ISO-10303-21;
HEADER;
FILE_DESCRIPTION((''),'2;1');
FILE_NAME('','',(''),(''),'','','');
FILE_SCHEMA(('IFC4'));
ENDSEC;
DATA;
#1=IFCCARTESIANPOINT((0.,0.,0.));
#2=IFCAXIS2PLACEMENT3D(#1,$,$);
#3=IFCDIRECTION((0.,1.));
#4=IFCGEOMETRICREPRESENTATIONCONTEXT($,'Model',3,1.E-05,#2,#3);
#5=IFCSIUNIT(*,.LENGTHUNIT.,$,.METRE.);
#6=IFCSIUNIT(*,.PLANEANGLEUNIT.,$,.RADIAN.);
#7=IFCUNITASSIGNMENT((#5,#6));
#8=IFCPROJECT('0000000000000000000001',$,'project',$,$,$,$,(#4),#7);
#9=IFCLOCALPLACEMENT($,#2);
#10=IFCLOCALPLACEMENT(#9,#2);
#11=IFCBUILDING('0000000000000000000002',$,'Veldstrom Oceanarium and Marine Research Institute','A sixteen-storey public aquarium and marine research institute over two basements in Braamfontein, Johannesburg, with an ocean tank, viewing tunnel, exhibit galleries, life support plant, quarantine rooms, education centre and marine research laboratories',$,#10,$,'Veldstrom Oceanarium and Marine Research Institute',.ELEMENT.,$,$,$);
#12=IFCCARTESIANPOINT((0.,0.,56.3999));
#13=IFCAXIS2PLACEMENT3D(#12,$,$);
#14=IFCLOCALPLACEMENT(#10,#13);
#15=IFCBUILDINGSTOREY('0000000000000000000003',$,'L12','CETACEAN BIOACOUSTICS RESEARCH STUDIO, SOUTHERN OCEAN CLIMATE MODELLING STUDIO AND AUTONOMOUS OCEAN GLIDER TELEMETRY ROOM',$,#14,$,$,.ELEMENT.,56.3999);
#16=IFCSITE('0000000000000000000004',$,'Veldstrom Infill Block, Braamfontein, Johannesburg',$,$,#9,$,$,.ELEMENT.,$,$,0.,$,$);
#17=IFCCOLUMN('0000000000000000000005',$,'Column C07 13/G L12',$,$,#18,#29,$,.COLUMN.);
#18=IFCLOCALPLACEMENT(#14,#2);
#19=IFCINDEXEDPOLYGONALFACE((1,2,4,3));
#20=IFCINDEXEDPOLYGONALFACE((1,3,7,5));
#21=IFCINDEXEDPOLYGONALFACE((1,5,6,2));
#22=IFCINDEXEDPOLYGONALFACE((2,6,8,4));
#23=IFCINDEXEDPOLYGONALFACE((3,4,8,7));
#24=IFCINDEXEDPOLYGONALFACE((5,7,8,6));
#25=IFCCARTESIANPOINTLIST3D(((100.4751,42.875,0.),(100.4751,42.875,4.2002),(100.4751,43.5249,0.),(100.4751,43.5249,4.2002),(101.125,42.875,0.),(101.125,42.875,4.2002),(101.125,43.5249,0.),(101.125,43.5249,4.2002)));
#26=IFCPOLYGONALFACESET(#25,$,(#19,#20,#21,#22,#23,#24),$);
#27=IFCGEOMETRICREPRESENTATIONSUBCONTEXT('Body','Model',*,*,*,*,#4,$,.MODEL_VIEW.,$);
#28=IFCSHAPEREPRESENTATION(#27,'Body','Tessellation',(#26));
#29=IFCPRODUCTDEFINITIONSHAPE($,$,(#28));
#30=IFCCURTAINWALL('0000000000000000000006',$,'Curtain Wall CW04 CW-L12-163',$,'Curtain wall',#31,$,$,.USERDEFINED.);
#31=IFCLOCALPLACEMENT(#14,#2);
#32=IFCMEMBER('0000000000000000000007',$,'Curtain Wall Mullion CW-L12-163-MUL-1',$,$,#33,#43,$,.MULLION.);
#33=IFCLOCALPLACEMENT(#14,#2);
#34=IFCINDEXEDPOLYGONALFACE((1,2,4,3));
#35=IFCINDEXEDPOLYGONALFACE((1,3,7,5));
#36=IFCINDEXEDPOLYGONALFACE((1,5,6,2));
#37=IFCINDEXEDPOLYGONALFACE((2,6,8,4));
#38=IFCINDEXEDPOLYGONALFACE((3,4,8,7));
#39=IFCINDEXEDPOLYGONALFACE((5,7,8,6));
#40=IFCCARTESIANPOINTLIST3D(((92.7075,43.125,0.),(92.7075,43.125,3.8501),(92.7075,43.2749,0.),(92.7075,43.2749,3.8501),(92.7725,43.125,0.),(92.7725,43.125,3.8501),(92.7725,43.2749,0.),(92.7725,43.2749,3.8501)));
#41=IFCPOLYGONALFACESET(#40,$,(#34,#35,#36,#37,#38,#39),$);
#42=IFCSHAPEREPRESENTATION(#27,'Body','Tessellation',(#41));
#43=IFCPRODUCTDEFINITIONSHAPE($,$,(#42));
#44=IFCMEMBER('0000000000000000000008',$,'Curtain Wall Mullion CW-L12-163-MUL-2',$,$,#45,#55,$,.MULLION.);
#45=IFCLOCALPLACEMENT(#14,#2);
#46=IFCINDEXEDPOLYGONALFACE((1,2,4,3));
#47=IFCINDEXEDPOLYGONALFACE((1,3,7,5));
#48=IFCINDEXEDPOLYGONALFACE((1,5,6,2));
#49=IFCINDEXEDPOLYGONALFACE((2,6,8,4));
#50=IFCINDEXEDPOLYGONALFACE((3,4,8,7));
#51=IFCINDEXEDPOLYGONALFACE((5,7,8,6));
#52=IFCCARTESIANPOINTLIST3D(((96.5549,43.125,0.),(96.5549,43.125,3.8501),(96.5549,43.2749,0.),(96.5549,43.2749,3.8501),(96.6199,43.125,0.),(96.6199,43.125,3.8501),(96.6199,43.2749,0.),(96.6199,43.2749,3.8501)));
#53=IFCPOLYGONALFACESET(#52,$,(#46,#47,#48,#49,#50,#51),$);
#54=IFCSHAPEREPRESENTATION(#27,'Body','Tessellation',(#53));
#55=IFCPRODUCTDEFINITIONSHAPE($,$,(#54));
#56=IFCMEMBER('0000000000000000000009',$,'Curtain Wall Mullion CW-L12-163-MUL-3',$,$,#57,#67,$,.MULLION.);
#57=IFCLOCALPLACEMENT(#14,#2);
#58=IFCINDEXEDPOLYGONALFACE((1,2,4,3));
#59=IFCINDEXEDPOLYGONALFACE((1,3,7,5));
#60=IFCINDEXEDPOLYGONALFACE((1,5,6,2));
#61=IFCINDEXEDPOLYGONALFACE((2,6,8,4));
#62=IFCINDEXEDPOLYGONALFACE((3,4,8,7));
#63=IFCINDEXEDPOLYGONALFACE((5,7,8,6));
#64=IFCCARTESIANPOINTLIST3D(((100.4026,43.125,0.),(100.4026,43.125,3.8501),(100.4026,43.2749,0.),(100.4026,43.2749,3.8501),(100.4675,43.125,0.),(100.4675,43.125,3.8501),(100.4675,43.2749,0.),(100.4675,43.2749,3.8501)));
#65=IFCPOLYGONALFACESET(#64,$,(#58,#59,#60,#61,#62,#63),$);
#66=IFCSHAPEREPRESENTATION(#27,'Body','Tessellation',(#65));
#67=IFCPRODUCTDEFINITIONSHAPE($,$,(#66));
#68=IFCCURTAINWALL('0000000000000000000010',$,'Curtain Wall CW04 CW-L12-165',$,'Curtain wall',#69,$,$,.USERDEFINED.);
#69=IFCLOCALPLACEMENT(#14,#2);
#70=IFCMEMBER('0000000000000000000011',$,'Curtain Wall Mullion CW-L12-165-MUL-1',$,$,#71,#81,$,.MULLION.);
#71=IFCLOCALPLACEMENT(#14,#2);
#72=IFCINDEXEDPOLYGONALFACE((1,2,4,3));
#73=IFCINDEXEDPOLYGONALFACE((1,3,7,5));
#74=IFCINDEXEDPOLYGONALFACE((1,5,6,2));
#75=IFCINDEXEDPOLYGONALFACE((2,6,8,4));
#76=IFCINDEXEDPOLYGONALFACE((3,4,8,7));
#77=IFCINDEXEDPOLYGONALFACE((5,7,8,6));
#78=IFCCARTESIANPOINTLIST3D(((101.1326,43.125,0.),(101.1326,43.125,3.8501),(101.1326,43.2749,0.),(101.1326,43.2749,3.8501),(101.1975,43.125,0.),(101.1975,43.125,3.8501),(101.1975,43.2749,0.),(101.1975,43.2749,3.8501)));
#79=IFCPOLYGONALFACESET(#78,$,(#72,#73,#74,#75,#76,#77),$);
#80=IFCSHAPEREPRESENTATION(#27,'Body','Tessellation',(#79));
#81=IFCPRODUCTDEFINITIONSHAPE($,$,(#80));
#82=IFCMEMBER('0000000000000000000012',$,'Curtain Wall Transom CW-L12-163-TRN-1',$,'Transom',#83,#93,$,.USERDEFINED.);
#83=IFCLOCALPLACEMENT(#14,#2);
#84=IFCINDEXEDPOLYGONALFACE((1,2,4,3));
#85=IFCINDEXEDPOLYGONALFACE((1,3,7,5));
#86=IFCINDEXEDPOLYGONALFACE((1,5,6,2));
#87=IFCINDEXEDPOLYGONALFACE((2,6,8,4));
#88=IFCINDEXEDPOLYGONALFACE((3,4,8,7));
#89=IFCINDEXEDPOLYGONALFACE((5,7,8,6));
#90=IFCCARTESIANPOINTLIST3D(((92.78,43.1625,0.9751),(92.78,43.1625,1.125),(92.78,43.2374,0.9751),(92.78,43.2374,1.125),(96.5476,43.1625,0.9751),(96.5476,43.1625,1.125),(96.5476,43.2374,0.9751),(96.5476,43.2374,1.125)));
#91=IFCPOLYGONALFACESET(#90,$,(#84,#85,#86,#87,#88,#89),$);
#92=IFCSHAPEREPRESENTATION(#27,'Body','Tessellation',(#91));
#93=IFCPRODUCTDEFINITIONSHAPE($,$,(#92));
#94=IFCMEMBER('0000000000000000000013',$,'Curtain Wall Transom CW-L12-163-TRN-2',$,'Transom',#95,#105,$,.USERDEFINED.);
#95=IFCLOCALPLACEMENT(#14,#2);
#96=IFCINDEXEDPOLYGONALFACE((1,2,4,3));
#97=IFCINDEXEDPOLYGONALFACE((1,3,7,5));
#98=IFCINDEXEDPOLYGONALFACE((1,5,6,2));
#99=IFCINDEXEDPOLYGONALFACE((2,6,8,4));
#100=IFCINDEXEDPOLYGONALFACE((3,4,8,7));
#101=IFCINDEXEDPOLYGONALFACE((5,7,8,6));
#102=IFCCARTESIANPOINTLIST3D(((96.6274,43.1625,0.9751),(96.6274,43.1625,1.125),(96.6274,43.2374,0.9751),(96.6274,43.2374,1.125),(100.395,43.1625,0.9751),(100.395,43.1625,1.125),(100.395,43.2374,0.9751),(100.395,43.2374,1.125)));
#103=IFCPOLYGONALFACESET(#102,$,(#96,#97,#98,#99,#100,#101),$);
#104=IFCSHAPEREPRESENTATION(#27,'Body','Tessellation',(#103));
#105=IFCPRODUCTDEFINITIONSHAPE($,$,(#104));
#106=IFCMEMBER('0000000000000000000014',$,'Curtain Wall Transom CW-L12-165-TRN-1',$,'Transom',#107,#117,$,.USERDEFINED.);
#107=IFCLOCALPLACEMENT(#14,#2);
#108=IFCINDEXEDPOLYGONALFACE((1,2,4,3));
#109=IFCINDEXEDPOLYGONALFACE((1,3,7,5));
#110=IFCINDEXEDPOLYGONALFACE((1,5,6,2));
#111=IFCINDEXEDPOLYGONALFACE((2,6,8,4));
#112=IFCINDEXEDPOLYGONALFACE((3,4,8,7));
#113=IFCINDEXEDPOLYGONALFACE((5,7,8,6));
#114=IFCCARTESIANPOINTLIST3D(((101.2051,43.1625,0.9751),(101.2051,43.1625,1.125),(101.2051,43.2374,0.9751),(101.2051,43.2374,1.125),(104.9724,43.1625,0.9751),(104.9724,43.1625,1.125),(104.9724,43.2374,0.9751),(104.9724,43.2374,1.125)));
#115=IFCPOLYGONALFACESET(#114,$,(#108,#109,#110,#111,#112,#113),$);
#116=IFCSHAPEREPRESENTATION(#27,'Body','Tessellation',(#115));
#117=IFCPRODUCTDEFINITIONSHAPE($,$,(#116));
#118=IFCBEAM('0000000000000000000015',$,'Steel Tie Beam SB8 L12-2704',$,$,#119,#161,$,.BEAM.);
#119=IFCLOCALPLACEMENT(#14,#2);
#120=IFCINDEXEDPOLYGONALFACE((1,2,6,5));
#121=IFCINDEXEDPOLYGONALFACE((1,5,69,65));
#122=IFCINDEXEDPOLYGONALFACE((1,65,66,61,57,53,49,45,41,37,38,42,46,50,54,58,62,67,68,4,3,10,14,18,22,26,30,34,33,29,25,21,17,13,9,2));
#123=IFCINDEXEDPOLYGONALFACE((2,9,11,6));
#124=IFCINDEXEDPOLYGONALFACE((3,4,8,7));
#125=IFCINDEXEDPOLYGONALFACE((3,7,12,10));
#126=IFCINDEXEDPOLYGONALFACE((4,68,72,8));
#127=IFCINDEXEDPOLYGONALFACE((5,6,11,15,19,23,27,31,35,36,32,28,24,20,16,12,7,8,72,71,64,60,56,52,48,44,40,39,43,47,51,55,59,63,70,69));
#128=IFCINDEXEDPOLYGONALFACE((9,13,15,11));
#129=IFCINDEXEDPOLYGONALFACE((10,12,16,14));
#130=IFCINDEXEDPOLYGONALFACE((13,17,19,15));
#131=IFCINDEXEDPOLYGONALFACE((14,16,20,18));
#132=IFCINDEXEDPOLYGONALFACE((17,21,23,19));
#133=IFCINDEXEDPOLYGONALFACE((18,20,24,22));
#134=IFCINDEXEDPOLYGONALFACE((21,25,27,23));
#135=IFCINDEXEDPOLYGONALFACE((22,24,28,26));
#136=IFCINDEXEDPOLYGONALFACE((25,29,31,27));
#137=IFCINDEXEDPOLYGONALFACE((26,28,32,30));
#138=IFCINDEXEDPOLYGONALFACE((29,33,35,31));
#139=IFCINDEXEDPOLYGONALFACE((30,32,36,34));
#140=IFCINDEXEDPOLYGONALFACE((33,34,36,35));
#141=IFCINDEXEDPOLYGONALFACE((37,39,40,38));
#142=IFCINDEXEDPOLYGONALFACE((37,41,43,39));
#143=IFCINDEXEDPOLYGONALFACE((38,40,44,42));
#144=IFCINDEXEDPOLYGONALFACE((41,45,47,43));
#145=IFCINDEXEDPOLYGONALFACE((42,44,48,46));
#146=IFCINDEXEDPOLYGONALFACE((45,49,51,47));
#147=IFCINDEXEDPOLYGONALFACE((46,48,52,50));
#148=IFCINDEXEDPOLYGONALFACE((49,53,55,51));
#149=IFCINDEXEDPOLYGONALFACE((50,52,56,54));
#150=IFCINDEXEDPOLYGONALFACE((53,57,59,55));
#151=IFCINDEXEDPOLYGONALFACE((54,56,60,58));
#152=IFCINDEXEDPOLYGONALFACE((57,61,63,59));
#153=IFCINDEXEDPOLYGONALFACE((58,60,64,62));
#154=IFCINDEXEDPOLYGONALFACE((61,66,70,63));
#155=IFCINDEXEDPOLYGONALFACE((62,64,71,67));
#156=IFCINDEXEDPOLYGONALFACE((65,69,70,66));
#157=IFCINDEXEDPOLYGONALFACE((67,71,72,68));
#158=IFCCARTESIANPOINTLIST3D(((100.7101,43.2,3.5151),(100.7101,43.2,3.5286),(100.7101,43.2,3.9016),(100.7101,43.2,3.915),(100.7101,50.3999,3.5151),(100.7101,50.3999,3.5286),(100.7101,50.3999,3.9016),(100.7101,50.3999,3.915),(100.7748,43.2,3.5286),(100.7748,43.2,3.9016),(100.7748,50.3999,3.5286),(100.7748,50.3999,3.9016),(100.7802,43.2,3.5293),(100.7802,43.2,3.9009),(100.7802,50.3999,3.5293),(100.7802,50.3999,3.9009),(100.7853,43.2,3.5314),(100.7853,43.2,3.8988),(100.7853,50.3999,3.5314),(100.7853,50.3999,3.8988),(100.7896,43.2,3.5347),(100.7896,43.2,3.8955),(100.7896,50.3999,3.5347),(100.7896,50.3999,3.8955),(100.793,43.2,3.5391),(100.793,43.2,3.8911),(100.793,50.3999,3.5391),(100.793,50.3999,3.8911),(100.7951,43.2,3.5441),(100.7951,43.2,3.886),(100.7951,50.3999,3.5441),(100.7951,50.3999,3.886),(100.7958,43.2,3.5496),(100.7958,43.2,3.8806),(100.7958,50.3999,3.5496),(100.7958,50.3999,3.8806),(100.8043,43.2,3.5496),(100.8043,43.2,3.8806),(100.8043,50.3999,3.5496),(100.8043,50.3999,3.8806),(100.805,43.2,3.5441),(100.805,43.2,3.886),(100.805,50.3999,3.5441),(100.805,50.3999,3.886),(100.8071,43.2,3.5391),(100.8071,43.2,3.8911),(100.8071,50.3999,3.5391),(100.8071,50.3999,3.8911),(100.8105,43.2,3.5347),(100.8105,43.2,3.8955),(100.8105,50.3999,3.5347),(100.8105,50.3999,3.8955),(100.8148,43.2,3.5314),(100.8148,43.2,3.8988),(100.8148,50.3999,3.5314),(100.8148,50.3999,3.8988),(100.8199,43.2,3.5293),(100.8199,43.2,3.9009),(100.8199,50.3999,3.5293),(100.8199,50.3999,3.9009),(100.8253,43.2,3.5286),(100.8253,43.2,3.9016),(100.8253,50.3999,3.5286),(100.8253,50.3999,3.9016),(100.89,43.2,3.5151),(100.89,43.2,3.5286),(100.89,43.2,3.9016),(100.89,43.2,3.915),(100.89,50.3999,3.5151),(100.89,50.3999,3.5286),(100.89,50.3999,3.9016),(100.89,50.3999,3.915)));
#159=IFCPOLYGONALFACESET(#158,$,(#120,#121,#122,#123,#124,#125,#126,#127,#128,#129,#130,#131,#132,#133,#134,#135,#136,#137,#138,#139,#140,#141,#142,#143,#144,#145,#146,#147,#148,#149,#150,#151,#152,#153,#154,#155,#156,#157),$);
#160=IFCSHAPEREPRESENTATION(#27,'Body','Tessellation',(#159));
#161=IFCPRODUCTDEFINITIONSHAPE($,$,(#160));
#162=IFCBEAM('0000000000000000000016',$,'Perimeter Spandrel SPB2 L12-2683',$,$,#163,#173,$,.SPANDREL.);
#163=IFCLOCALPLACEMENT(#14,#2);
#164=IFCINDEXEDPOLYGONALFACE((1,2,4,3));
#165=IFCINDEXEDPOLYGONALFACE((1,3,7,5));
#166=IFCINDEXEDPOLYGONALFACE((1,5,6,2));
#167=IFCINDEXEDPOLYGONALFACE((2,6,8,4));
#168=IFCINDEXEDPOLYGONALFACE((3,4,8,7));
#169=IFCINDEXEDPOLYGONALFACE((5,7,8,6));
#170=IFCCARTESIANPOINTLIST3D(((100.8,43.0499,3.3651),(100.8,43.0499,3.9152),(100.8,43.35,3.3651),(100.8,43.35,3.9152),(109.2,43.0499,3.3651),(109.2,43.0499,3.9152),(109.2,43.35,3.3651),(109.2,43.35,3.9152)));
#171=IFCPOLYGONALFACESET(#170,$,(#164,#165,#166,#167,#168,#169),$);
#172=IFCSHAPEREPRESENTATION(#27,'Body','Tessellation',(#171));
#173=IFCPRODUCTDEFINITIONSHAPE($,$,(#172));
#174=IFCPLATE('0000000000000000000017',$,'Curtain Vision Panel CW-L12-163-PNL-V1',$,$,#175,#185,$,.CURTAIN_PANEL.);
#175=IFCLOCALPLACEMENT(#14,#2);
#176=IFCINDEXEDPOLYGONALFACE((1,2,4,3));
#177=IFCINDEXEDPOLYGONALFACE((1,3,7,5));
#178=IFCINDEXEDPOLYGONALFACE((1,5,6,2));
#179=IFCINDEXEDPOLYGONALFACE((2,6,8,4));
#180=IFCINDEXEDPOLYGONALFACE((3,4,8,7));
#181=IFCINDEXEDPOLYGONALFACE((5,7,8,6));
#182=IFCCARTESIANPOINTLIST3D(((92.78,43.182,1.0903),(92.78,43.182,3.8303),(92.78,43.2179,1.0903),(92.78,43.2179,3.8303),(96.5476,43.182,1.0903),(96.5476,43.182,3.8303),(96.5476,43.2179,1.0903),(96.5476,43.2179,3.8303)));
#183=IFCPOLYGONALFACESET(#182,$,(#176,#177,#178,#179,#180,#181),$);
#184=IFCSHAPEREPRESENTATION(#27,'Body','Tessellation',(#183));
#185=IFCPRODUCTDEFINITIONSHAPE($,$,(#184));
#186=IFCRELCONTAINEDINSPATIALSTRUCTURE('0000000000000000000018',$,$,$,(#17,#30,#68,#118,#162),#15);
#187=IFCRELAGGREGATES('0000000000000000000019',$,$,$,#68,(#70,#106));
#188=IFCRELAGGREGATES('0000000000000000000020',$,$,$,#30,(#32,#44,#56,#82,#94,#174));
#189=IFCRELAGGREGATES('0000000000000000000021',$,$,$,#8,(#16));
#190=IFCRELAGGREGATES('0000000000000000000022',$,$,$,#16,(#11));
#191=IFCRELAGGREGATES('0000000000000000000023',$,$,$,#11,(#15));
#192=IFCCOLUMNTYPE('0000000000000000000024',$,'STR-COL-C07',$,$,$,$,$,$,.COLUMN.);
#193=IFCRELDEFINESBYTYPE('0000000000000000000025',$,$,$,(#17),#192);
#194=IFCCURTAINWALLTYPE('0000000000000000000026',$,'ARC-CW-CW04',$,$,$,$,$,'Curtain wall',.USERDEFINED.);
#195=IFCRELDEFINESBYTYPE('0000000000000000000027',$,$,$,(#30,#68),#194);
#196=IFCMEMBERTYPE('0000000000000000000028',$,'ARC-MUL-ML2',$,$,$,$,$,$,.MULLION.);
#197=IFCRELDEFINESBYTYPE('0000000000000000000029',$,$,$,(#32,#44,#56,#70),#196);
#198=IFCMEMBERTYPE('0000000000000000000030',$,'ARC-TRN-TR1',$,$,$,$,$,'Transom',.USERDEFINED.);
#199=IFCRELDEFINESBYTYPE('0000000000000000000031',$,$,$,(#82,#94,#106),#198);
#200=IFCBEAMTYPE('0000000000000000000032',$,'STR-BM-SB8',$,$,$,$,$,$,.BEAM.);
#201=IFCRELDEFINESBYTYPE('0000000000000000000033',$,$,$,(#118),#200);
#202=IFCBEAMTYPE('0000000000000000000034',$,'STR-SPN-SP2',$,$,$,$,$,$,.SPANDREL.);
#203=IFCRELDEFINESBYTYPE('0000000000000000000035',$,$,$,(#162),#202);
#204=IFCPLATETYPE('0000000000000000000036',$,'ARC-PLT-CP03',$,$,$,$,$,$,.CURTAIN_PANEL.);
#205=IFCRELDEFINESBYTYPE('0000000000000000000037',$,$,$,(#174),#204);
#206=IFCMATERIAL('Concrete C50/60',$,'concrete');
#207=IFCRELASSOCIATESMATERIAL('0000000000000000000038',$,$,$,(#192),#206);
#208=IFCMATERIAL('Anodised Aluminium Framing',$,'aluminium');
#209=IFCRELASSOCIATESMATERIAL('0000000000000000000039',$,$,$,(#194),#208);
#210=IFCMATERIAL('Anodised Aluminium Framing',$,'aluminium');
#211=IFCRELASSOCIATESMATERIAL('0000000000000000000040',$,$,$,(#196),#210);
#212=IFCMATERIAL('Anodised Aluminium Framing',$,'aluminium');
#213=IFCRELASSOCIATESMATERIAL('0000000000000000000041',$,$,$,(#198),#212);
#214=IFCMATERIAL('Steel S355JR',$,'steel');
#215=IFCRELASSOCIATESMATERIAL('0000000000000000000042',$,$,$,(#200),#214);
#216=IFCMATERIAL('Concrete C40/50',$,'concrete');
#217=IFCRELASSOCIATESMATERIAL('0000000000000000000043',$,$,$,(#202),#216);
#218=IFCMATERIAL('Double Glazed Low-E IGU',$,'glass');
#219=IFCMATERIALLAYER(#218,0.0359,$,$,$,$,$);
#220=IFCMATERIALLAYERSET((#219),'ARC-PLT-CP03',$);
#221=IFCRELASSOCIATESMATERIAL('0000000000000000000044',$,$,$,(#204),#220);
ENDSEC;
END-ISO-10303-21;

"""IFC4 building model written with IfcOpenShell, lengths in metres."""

from ifc_helpers import new_model, si_unit, direction, frame, origin, origin_2d, place, context, subcontext, project, spatial, rectangle, i_section, extrude, material, layer, layer_set, material_profile, profile_set, type_object, element, aggregate, save


model = new_model("IFC4")

# Units and contexts
model_context = context("Model", 3, precision=1e-05, world=origin(), true_north=direction((0.0, 1.0)))
body_context = subcontext(model_context, "Body", "Model", "MODEL_VIEW")
ifc_project = project(units=[si_unit("LENGTHUNIT", "METRE"), si_unit("PLANEANGLEUNIT", "RADIAN")], contexts=[model_context])

# Site, building, storey
site_placement = place(None, origin())
site = spatial("IfcSite", under=ifc_project, at=site_placement, Name="Veldstrom Infill Block, Braamfontein, Johannesburg", CompositionType="ELEMENT", RefElevation=0.0)
building_placement = place(site_placement, origin())
building = spatial("IfcBuilding", under=site, at=building_placement, Name="Veldstrom Oceanarium and Marine Research Institute", Description="A sixteen-storey public aquarium and marine research institute over two basements in Braamfontein, Johannesburg, with an ocean tank, viewing tunnel, exhibit galleries, life support plant, quarantine rooms, education centre and marine research laboratories", LongName="Veldstrom Oceanarium and Marine Research Institute", CompositionType="ELEMENT")
storey_placement = place(building_placement, frame((0.0, 0.0, 56.3999)))
storey = spatial("IfcBuildingStorey", under=building, at=storey_placement, Name="L12", Description="CETACEAN BIOACOUSTICS RESEARCH STUDIO, SOUTHERN OCEAN CLIMATE MODELLING STUDIO AND AUTONOMOUS OCEAN GLIDER TELEMETRY ROOM", CompositionType="ELEMENT", Elevation=56.3999)

# Column
ifc_material_1 = material(Name="Concrete C50/60", Category="concrete")
ifc_material_profile_1 = material_profile(ifc_material_1, rectangle(XDim=0.6499, YDim=0.6499, at=origin_2d()), Name="RC-COL-650x650")
ifc_profile_set_1 = profile_set([ifc_material_profile_1], Name="Concrete C50/60")
column_type = type_object("IfcColumnType", Name="STR-COL-C07", PredefinedType="COLUMN", material=ifc_profile_set_1)
column_placement = place(storey_placement, frame((100.8, 43.2, 0.0), z_axis=(0.0, 0.0, 1.0), x_axis=(1.0, 0.0, 0.0)))
element("IfcColumn", 1, at=column_placement, inside=storey, type_object=column_type, Name="Column C07 13/G L12", PredefinedType="COLUMN", context=body_context, shape_type="SweptSolid", body=[
    extrude(rectangle(XDim=0.6499, YDim=0.6499, at=origin_2d()), origin(), (0.0, 0.0, 1.0), 4.2002),
])

# Curtain wall, members
ifc_material_2 = material(Name="Anodised Aluminium Framing", Category="aluminium")
curtain_wall_type = type_object("IfcCurtainWallType", Name="ARC-CW-CW04", ElementType="Curtain wall", PredefinedType="USERDEFINED", material=ifc_material_2)
curtain_wall_1_placement = place(storey_placement, origin())
curtain_wall_1 = element("IfcCurtainWall", 2, at=curtain_wall_1_placement, inside=storey, type_object=curtain_wall_type, Name="Curtain Wall CW04 CW-L12-163", ObjectType="Curtain wall", PredefinedType="USERDEFINED")
ifc_material_3 = material(Name="Anodised Aluminium Framing", Category="aluminium")
ifc_material_profile_2 = material_profile(ifc_material_3, rectangle(XDim=0.0649, YDim=0.1499, at=origin_2d()), Name="ALU-MUL-65x150")
ifc_profile_set_2 = profile_set([ifc_material_profile_2], Name="Anodised Aluminium Framing")
member_type_1 = type_object("IfcMemberType", Name="ARC-MUL-ML2", PredefinedType="MULLION", material=ifc_profile_set_2)
member_1_placement = place(storey_placement, frame((92.74, 43.2, 0.0), z_axis=(0.0, 0.0, 1.0), x_axis=(1.0, 0.0, 0.0)))
member_1 = element("IfcMember", 3, at=member_1_placement, type_object=member_type_1, Name="Curtain Wall Mullion CW-L12-163-MUL-1", PredefinedType="MULLION", context=body_context, shape_type="SweptSolid", body=[
    extrude(rectangle(XDim=0.0649, YDim=0.1499, at=origin_2d()), origin(), (0.0, 0.0, 1.0), 3.8501),
])
member_2_placement = place(storey_placement, frame((96.5874, 43.2, 0.0), z_axis=(0.0, 0.0, 1.0), x_axis=(1.0, 0.0, 0.0)))
member_2 = element("IfcMember", 4, at=member_2_placement, type_object=member_type_1, Name="Curtain Wall Mullion CW-L12-163-MUL-2", PredefinedType="MULLION", context=body_context, shape_type="SweptSolid", body=[
    extrude(rectangle(XDim=0.0649, YDim=0.1499, at=origin_2d()), origin(), (0.0, 0.0, 1.0), 3.8501),
])
member_3_placement = place(storey_placement, frame((100.4351, 43.2, 0.0), z_axis=(0.0, 0.0, 1.0), x_axis=(1.0, 0.0, 0.0)))
member_3 = element("IfcMember", 5, at=member_3_placement, type_object=member_type_1, Name="Curtain Wall Mullion CW-L12-163-MUL-3", PredefinedType="MULLION", context=body_context, shape_type="SweptSolid", body=[
    extrude(rectangle(XDim=0.0649, YDim=0.1499, at=origin_2d()), origin(), (0.0, 0.0, 1.0), 3.8501),
])

# Curtain wall, member
curtain_wall_2_placement = place(storey_placement, origin())
curtain_wall_2 = element("IfcCurtainWall", 6, at=curtain_wall_2_placement, inside=storey, type_object=curtain_wall_type, Name="Curtain Wall CW04 CW-L12-165", ObjectType="Curtain wall", PredefinedType="USERDEFINED")
member_4_placement = place(storey_placement, frame((101.165, 43.2, 0.0), z_axis=(0.0, 0.0, 1.0), x_axis=(1.0, 0.0, 0.0)))
member_4 = element("IfcMember", 7, at=member_4_placement, type_object=member_type_1, Name="Curtain Wall Mullion CW-L12-165-MUL-1", PredefinedType="MULLION", context=body_context, shape_type="SweptSolid", body=[
    extrude(rectangle(XDim=0.0649, YDim=0.1499, at=origin_2d()), origin(), (0.0, 0.0, 1.0), 3.8501),
])

# Members
ifc_material_4 = material(Name="Anodised Aluminium Framing", Category="aluminium")
ifc_material_profile_3 = material_profile(ifc_material_4, rectangle(XDim=0.075, YDim=0.1499, at=origin_2d()), Name="ALU-TRN-75x150")
ifc_profile_set_3 = profile_set([ifc_material_profile_3], Name="Anodised Aluminium Framing")
member_type_2 = type_object("IfcMemberType", Name="ARC-TRN-TR1", ElementType="Transom", PredefinedType="USERDEFINED", material=ifc_profile_set_3)
member_5_placement = place(storey_placement, frame((92.78, 43.2, 1.05), z_axis=(1.0, 0.0, 0.0), x_axis=(0.0, 1.0, 0.0)))
member_5 = element("IfcMember", 8, at=member_5_placement, type_object=member_type_2, Name="Curtain Wall Transom CW-L12-163-TRN-1", ObjectType="Transom", PredefinedType="USERDEFINED", context=body_context, shape_type="SweptSolid", body=[
    extrude(rectangle(XDim=0.075, YDim=0.1499, at=origin_2d()), origin(), (0.0, 0.0, 1.0), 3.7676),
])
member_6_placement = place(storey_placement, frame((96.6274, 43.2, 1.05), z_axis=(1.0, 0.0, 0.0), x_axis=(0.0, 1.0, 0.0)))
member_6 = element("IfcMember", 9, at=member_6_placement, type_object=member_type_2, Name="Curtain Wall Transom CW-L12-163-TRN-2", ObjectType="Transom", PredefinedType="USERDEFINED", context=body_context, shape_type="SweptSolid", body=[
    extrude(rectangle(XDim=0.075, YDim=0.1499, at=origin_2d()), origin(), (0.0, 0.0, 1.0), 3.7676),
])
member_7_placement = place(storey_placement, frame((101.2051, 43.2, 1.05), z_axis=(1.0, 0.0, 0.0), x_axis=(0.0, 1.0, 0.0)))
member_7 = element("IfcMember", 10, at=member_7_placement, type_object=member_type_2, Name="Curtain Wall Transom CW-L12-165-TRN-1", ObjectType="Transom", PredefinedType="USERDEFINED", context=body_context, shape_type="SweptSolid", body=[
    extrude(rectangle(XDim=0.075, YDim=0.1499, at=origin_2d()), origin(), (0.0, 0.0, 1.0), 3.7673),
])
aggregate(curtain_wall_2, [member_4, member_7])

# Beams
ifc_material_5 = material(Name="Steel S355JR", Category="steel")
ifc_material_profile_4 = material_profile(ifc_material_5, i_section(OverallWidth=0.1799, OverallDepth=0.3999, WebThickness=0.0085, FlangeThickness=0.0134, FilletRadius=0.021, at=origin_2d()), Name="IPE 400")
ifc_profile_set_4 = profile_set([ifc_material_profile_4], Name="Steel S355JR")
beam_type_1 = type_object("IfcBeamType", Name="STR-BM-SB8", PredefinedType="BEAM", material=ifc_profile_set_4)
beam_1_placement = place(storey_placement, frame((100.8, 43.2, 3.7151), z_axis=(0.0, 1.0, 0.0), x_axis=(-1.0, 0.0, 0.0)))
element("IfcBeam", 11, at=beam_1_placement, inside=storey, type_object=beam_type_1, Name="Steel Tie Beam SB8 L12-2704", PredefinedType="BEAM", context=body_context, shape_type="SweptSolid", body=[
    extrude(i_section(OverallWidth=0.1799, OverallDepth=0.3999, WebThickness=0.0085, FlangeThickness=0.0134, FilletRadius=0.021, at=origin_2d()), origin(), (0.0, 0.0, 1.0), 7.2),
])
ifc_material_6 = material(Name="Concrete C40/50", Category="concrete")
ifc_material_profile_5 = material_profile(ifc_material_6, rectangle(XDim=0.3, YDim=0.55, at=origin_2d()), Name="RC-SPN-300x550")
ifc_profile_set_5 = profile_set([ifc_material_profile_5], Name="Concrete C40/50")
beam_type_2 = type_object("IfcBeamType", Name="STR-SPN-SP2", PredefinedType="SPANDREL", material=ifc_profile_set_5)
beam_2_placement = place(storey_placement, frame((100.8, 43.2, 3.6401), z_axis=(1.0, 0.0, 0.0), x_axis=(0.0, 1.0, 0.0)))
element("IfcBeam", 12, at=beam_2_placement, inside=storey, type_object=beam_type_2, Name="Perimeter Spandrel SPB2 L12-2683", PredefinedType="SPANDREL", context=body_context, shape_type="SweptSolid", body=[
    extrude(rectangle(XDim=0.3, YDim=0.55, at=origin_2d()), origin(), (0.0, 0.0, 1.0), 8.3999),
])

# Plate
ifc_material_7 = material(Name="Double Glazed Low-E IGU", Category="glass")
ifc_layer_1 = layer(ifc_material_7, 0.0359)
ifc_layer_set_1 = layer_set([ifc_layer_1], Name="ARC-PLT-CP03")
plate_type_1 = type_object("IfcPlateType", Name="ARC-PLT-CP03", PredefinedType="CURTAIN_PANEL", material=ifc_layer_set_1)
plate_1_placement = place(storey_placement, frame((94.6638, 43.2, 1.0903), z_axis=(0.0, 0.0, 1.0), x_axis=(1.0, 0.0, 0.0)))
plate_1 = element("IfcPlate", 13, at=plate_1_placement, type_object=plate_type_1, Name="Curtain Vision Panel CW-L12-163-PNL-V1", PredefinedType="CURTAIN_PANEL", context=body_context, shape_type="SweptSolid", body=[
    extrude(rectangle(XDim=3.7676, YDim=0.0359, at=origin_2d()), origin(), (0.0, 0.0, 1.0), 2.74),
])
aggregate(curtain_wall_1, [member_1, member_2, member_3, member_5, member_6, plate_1])

save(model, "model.ifc")
